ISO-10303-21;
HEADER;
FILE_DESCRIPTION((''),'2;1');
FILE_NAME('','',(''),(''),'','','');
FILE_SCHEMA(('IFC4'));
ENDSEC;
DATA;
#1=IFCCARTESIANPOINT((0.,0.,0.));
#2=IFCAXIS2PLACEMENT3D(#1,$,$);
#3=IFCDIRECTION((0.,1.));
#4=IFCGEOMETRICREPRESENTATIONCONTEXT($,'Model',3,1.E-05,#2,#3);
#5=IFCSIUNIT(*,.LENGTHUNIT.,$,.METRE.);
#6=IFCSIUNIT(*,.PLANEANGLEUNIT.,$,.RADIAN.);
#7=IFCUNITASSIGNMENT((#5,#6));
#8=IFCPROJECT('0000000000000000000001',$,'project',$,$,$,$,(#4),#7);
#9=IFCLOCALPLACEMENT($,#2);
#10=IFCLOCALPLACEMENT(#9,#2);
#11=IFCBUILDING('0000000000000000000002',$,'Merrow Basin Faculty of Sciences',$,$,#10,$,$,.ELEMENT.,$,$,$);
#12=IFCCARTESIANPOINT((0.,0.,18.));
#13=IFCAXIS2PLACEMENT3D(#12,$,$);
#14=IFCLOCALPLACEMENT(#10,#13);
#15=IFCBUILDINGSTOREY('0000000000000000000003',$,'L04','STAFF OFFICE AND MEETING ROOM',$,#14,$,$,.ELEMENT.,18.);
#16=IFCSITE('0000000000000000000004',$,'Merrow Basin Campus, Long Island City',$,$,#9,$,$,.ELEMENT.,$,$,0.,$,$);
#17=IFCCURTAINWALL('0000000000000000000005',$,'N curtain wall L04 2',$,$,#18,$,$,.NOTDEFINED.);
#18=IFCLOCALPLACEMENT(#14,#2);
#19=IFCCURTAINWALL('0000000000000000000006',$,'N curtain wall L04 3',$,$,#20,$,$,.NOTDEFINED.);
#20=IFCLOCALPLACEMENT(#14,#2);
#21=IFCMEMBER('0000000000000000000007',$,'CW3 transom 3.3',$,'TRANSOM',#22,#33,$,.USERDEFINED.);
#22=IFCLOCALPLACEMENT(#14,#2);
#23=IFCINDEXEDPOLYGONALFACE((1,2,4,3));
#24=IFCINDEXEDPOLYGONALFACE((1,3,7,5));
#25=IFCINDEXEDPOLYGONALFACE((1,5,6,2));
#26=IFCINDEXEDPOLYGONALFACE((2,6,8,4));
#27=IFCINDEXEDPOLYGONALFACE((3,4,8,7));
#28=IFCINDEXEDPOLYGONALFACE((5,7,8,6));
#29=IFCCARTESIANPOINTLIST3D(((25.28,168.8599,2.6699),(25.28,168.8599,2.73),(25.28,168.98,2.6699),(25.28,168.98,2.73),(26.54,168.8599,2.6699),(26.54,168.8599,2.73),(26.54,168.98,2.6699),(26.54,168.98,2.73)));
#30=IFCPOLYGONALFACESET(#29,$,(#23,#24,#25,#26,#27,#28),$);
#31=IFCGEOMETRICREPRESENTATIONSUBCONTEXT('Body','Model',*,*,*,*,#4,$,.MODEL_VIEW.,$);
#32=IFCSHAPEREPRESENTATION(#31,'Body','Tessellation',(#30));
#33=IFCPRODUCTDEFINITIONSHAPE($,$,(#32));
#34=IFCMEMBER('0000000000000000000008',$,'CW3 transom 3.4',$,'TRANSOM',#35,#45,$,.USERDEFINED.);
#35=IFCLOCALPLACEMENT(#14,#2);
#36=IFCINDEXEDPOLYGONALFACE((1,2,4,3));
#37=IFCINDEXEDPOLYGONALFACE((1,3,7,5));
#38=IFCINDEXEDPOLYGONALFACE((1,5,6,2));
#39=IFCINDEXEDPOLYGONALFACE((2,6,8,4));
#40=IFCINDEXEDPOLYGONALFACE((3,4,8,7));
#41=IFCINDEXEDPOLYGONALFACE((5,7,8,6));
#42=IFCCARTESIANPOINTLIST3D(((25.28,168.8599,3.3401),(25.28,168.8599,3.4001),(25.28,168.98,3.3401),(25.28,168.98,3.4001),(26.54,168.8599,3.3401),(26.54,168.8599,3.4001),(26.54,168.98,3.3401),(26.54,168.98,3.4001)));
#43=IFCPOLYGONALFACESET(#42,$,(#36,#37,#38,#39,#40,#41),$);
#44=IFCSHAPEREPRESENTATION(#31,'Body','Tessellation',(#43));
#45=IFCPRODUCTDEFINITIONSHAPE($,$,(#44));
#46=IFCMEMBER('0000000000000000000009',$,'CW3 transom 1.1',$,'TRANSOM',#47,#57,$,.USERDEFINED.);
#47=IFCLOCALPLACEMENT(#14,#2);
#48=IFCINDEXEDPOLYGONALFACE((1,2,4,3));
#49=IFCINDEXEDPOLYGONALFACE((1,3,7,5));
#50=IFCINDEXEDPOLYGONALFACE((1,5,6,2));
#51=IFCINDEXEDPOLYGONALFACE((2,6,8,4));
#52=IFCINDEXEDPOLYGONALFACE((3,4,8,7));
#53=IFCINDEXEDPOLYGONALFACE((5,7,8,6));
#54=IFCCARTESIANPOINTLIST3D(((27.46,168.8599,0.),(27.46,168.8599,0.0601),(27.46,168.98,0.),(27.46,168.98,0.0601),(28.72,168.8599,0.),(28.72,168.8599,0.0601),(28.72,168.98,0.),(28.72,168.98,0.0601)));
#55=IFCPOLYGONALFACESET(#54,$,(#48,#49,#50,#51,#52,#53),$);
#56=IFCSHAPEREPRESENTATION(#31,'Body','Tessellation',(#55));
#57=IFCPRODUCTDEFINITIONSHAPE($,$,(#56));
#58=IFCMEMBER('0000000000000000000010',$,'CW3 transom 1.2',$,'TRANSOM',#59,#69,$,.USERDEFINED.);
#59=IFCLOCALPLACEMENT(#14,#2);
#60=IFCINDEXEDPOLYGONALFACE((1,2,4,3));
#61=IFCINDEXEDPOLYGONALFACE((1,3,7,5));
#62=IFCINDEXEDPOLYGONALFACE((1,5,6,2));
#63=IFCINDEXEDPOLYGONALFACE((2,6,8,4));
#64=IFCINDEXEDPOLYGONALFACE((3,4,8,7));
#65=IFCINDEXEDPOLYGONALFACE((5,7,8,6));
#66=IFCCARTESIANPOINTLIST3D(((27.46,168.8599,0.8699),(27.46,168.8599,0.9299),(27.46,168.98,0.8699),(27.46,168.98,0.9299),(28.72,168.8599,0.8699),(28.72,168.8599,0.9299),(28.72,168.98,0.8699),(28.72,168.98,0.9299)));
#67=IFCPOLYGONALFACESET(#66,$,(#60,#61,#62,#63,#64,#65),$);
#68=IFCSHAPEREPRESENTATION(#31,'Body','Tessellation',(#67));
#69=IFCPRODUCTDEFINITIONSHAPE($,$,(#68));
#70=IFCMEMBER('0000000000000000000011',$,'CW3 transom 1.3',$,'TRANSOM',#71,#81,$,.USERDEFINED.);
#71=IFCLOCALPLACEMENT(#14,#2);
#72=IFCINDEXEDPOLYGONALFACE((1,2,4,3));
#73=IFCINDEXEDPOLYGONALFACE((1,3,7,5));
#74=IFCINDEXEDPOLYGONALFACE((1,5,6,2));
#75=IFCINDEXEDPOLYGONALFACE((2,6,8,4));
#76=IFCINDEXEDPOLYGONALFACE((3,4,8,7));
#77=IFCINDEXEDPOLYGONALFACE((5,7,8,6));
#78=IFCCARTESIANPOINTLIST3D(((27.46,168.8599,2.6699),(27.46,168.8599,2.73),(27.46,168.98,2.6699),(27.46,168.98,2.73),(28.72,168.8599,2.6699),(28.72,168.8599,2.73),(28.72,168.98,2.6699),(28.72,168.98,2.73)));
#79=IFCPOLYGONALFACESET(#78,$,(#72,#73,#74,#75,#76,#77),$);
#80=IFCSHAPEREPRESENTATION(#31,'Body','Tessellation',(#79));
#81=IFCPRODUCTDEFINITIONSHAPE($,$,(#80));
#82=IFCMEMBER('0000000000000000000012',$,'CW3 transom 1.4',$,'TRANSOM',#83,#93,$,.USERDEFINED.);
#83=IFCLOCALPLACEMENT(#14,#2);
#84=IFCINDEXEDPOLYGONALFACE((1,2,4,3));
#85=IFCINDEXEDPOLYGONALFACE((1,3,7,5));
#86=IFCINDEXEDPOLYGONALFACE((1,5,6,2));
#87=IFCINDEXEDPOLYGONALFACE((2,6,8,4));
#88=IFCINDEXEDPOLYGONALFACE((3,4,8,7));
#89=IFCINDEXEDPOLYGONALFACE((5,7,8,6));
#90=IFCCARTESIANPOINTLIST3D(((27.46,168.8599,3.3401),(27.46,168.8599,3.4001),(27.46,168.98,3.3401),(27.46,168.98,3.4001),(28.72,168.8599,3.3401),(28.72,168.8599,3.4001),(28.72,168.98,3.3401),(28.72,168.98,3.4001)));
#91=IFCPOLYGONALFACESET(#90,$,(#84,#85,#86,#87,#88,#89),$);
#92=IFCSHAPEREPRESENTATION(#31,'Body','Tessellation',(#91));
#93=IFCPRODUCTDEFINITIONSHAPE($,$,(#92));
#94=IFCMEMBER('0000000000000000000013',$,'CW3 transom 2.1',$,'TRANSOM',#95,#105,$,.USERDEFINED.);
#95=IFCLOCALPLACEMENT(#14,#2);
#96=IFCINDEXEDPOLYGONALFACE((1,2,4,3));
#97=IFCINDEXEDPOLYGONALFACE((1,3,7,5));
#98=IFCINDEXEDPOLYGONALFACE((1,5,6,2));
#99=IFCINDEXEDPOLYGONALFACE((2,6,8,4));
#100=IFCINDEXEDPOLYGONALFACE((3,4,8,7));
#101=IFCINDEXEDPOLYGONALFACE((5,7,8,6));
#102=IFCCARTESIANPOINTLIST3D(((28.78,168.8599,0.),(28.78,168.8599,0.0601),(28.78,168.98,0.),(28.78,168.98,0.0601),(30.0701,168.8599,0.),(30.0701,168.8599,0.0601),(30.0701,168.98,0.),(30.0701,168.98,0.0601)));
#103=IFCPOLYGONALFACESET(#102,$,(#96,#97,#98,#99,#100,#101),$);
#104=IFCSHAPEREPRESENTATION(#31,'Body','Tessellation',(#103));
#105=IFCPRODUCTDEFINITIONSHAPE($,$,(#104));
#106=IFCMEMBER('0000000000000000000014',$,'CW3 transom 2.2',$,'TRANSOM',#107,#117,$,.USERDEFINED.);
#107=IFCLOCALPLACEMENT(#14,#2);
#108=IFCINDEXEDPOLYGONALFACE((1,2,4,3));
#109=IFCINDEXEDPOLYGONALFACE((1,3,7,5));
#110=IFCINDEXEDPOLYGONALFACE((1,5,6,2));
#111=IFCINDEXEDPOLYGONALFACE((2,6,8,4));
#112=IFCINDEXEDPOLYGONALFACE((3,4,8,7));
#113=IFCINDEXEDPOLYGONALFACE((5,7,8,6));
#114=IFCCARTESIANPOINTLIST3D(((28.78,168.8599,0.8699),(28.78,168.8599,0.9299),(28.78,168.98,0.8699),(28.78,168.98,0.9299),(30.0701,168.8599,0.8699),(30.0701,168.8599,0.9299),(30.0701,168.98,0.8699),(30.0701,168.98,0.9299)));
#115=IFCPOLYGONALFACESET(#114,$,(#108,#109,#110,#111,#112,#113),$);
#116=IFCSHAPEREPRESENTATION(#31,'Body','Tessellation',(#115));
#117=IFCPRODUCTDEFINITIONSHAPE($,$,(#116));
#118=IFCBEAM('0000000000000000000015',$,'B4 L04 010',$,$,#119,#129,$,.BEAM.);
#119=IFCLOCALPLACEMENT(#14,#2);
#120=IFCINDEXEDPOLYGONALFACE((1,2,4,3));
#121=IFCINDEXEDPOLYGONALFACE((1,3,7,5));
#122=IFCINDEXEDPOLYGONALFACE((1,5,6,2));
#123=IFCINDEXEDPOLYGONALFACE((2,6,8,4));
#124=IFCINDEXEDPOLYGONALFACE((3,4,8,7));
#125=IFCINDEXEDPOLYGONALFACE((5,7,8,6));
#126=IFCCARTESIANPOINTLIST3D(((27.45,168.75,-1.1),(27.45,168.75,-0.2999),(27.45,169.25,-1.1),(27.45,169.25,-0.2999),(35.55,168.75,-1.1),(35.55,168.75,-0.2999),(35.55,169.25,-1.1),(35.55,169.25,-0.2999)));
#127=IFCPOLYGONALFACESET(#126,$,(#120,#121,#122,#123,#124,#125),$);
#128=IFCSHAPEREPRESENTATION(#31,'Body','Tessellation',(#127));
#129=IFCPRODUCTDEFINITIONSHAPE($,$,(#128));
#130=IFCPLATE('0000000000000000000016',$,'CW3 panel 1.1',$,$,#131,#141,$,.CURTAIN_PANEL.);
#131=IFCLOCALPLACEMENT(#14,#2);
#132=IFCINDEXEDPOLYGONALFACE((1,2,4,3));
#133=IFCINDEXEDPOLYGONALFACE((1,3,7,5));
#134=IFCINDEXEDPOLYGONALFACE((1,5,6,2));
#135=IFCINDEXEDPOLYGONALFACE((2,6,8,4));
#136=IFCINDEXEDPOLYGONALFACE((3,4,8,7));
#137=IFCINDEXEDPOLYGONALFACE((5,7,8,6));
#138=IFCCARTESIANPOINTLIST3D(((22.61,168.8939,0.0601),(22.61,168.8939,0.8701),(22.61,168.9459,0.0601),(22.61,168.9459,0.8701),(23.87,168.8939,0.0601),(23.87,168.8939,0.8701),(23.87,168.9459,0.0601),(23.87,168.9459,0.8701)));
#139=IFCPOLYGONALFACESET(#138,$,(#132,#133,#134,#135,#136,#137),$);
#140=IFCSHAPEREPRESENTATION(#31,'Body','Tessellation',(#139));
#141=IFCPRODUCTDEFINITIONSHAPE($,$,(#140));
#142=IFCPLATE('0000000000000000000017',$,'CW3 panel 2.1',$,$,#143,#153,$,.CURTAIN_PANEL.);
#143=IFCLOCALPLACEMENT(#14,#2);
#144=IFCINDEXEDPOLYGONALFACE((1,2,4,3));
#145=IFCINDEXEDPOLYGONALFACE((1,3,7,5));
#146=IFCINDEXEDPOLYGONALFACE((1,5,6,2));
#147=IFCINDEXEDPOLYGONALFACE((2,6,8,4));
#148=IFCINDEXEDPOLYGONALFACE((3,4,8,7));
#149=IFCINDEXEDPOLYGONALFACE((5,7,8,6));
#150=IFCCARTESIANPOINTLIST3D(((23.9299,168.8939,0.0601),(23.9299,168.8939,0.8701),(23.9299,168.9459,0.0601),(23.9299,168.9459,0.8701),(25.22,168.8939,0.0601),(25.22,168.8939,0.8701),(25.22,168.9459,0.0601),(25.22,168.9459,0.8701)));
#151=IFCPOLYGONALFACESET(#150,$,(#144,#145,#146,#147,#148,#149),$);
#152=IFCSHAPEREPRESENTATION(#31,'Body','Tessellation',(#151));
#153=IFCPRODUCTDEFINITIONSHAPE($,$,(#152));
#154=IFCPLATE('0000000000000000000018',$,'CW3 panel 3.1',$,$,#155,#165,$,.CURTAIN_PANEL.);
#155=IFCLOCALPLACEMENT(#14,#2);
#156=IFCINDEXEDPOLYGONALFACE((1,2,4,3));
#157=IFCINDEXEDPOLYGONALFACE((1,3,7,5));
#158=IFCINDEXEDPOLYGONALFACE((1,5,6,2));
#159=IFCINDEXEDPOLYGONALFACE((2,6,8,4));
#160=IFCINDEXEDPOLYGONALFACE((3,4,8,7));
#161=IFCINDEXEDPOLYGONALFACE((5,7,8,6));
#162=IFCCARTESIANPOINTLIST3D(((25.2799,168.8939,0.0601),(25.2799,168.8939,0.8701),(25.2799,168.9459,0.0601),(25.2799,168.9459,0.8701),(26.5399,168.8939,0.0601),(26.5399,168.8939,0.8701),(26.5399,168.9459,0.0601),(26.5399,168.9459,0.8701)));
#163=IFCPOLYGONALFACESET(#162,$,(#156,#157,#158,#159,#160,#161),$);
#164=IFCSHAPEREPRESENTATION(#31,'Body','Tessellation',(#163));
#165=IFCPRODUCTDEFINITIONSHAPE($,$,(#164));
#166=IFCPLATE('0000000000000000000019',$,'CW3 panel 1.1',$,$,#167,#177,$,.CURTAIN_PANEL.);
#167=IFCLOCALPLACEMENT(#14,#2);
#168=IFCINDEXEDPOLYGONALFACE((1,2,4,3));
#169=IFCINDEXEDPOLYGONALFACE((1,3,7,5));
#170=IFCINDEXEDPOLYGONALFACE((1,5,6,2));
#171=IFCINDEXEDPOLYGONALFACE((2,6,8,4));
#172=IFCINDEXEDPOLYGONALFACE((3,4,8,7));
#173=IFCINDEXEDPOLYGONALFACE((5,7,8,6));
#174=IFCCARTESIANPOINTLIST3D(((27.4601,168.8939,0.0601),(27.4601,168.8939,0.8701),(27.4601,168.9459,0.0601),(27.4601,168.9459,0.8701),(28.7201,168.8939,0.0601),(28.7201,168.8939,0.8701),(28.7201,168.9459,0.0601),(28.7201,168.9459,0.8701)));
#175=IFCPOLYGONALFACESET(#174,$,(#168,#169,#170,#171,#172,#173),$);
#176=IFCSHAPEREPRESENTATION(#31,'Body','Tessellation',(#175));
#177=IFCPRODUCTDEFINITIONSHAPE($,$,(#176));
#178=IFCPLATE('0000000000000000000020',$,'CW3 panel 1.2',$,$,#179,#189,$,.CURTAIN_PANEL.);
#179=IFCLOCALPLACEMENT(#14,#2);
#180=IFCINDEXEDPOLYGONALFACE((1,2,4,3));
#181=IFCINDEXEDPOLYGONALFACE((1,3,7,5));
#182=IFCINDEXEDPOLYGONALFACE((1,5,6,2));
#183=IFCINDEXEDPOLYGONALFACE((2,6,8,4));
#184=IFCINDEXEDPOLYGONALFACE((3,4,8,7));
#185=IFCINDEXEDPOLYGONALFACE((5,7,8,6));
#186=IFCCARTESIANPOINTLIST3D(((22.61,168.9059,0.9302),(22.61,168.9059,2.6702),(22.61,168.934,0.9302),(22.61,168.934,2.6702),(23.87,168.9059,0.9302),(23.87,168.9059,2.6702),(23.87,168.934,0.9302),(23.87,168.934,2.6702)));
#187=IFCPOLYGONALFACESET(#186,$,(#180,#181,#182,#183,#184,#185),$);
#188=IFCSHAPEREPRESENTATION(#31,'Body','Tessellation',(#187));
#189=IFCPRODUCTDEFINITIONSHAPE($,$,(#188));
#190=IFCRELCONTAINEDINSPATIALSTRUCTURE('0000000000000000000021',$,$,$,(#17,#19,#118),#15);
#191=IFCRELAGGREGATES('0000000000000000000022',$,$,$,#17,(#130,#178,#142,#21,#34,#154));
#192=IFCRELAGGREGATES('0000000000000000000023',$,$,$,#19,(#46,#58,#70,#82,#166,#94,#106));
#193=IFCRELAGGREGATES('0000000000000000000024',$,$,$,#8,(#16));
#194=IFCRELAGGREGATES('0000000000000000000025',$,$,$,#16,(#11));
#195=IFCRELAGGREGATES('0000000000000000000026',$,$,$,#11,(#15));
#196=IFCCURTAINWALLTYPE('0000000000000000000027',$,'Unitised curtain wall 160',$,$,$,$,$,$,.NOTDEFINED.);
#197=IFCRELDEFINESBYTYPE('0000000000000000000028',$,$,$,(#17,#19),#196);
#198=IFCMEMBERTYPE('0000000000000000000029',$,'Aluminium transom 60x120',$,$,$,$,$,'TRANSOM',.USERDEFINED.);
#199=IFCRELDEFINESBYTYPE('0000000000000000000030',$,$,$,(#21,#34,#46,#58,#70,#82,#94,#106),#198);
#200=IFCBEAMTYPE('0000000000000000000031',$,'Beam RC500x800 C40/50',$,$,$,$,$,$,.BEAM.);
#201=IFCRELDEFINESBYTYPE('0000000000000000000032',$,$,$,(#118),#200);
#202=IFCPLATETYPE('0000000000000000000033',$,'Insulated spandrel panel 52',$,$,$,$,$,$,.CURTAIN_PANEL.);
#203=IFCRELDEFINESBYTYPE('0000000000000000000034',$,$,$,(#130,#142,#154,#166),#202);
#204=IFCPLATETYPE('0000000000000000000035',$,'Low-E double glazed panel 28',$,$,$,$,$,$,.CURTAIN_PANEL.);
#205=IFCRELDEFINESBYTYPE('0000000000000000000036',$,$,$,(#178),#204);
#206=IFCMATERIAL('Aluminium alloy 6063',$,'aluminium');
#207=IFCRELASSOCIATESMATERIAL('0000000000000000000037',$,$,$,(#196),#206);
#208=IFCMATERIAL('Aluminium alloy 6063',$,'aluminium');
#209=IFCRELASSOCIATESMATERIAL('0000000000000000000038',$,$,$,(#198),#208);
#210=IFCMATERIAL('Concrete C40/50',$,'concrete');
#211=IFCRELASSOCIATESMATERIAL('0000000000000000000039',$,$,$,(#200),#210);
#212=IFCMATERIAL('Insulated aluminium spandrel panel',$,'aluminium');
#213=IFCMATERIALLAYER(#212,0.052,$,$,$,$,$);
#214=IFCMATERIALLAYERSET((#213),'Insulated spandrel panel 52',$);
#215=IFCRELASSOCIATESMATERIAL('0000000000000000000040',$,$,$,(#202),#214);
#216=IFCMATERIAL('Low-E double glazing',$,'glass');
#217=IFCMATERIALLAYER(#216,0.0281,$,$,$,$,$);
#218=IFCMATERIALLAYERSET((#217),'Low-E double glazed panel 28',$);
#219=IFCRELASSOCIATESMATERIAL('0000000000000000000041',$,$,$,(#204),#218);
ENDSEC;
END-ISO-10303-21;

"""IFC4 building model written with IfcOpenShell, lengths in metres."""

from ifc_helpers import new_model, si_unit, direction, frame, origin, origin_2d, place, context, subcontext, project, spatial, rectangle, extrude, material, layer, layer_set, material_profile, profile_set, type_object, element, aggregate, save


model = new_model("IFC4")

# Units and contexts
model_context = context("Model", 3, precision=1e-05, world=origin(), true_north=direction((0.0, 1.0)))
body_context = subcontext(model_context, "Body", "Model", "MODEL_VIEW")
ifc_project = project(units=[si_unit("LENGTHUNIT", "METRE"), si_unit("PLANEANGLEUNIT", "RADIAN")], contexts=[model_context])

# Site, building, storey
site_placement = place(None, origin())
site = spatial("IfcSite", under=ifc_project, at=site_placement, Name="Merrow Basin Campus, Long Island City", CompositionType="ELEMENT", RefElevation=0.0)
building_placement = place(site_placement, origin())
building = spatial("IfcBuilding", under=site, at=building_placement, Name="Merrow Basin Faculty of Sciences", CompositionType="ELEMENT")
storey_placement = place(building_placement, frame((0.0, 0.0, 18.0)))
storey = spatial("IfcBuildingStorey", under=building, at=storey_placement, Name="L04", Description="STAFF OFFICE AND MEETING ROOM", CompositionType="ELEMENT", Elevation=18.0)

# Curtain walls
ifc_material_1 = material(Name="Aluminium alloy 6063", Category="aluminium")
curtain_wall_type = type_object("IfcCurtainWallType", Name="Unitised curtain wall 160", PredefinedType="NOTDEFINED", material=ifc_material_1)
curtain_wall_1_placement = place(storey_placement, origin())
curtain_wall_1 = element("IfcCurtainWall", 1, at=curtain_wall_1_placement, inside=storey, type_object=curtain_wall_type, Name="N curtain wall L04 2", PredefinedType="NOTDEFINED")
curtain_wall_2_placement = place(storey_placement, origin())
curtain_wall_2 = element("IfcCurtainWall", 2, at=curtain_wall_2_placement, inside=storey, type_object=curtain_wall_type, Name="N curtain wall L04 3", PredefinedType="NOTDEFINED")

# Members
ifc_material_2 = material(Name="Aluminium alloy 6063", Category="aluminium")
ifc_material_profile_1 = material_profile(ifc_material_2, rectangle(XDim=0.1201, YDim=0.0601, at=origin_2d()))
ifc_profile_set_1 = profile_set([ifc_material_profile_1], Name="Aluminium alloy 6063")
member_type_1 = type_object("IfcMemberType", Name="Aluminium transom 60x120", ElementType="TRANSOM", PredefinedType="USERDEFINED", material=ifc_profile_set_1)
member_1_placement = place(storey_placement, frame((25.28, 168.9199, 2.7), z_axis=(1.0, 0.0, 0.0), x_axis=(0.0, 1.0, 0.0)))
member_1 = element("IfcMember", 3, at=member_1_placement, type_object=member_type_1, Name="CW3 transom 3.3", ObjectType="TRANSOM", PredefinedType="USERDEFINED", context=body_context, shape_type="SweptSolid", body=[
    extrude(rectangle(XDim=0.1201, YDim=0.0601, at=origin_2d()), origin(), (0.0, 0.0, 1.0), 1.26),
])
member_2_placement = place(storey_placement, frame((25.28, 168.9199, 3.3701), z_axis=(1.0, 0.0, 0.0), x_axis=(0.0, 1.0, 0.0)))
member_2 = element("IfcMember", 4, at=member_2_placement, type_object=member_type_1, Name="CW3 transom 3.4", ObjectType="TRANSOM", PredefinedType="USERDEFINED", context=body_context, shape_type="SweptSolid", body=[
    extrude(rectangle(XDim=0.1201, YDim=0.0601, at=origin_2d()), origin(), (0.0, 0.0, 1.0), 1.26),
])
member_3_placement = place(storey_placement, frame((27.46, 168.9199, 0.03), z_axis=(1.0, 0.0, 0.0), x_axis=(0.0, 1.0, 0.0)))
member_3 = element("IfcMember", 5, at=member_3_placement, type_object=member_type_1, Name="CW3 transom 1.1", ObjectType="TRANSOM", PredefinedType="USERDEFINED", context=body_context, shape_type="SweptSolid", body=[
    extrude(rectangle(XDim=0.1201, YDim=0.0601, at=origin_2d()), origin(), (0.0, 0.0, 1.0), 1.26),
])
member_4_placement = place(storey_placement, frame((27.46, 168.9199, 0.8999), z_axis=(1.0, 0.0, 0.0), x_axis=(0.0, 1.0, 0.0)))
member_4 = element("IfcMember", 6, at=member_4_placement, type_object=member_type_1, Name="CW3 transom 1.2", ObjectType="TRANSOM", PredefinedType="USERDEFINED", context=body_context, shape_type="SweptSolid", body=[
    extrude(rectangle(XDim=0.1201, YDim=0.0601, at=origin_2d()), origin(), (0.0, 0.0, 1.0), 1.26),
])
member_5_placement = place(storey_placement, frame((27.46, 168.9199, 2.7), z_axis=(1.0, 0.0, 0.0), x_axis=(0.0, 1.0, 0.0)))
member_5 = element("IfcMember", 7, at=member_5_placement, type_object=member_type_1, Name="CW3 transom 1.3", ObjectType="TRANSOM", PredefinedType="USERDEFINED", context=body_context, shape_type="SweptSolid", body=[
    extrude(rectangle(XDim=0.1201, YDim=0.0601, at=origin_2d()), origin(), (0.0, 0.0, 1.0), 1.26),
])
member_6_placement = place(storey_placement, frame((27.46, 168.9199, 3.3701), z_axis=(1.0, 0.0, 0.0), x_axis=(0.0, 1.0, 0.0)))
member_6 = element("IfcMember", 8, at=member_6_placement, type_object=member_type_1, Name="CW3 transom 1.4", ObjectType="TRANSOM", PredefinedType="USERDEFINED", context=body_context, shape_type="SweptSolid", body=[
    extrude(rectangle(XDim=0.1201, YDim=0.0601, at=origin_2d()), origin(), (0.0, 0.0, 1.0), 1.26),
])
member_7_placement = place(storey_placement, frame((28.78, 168.9199, 0.03), z_axis=(1.0, 0.0, 0.0), x_axis=(0.0, 1.0, 0.0)))
member_7 = element("IfcMember", 9, at=member_7_placement, type_object=member_type_1, Name="CW3 transom 2.1", ObjectType="TRANSOM", PredefinedType="USERDEFINED", context=body_context, shape_type="SweptSolid", body=[
    extrude(rectangle(XDim=0.1201, YDim=0.0601, at=origin_2d()), origin(), (0.0, 0.0, 1.0), 1.29),
])
member_8_placement = place(storey_placement, frame((28.78, 168.9199, 0.8999), z_axis=(1.0, 0.0, 0.0), x_axis=(0.0, 1.0, 0.0)))
member_8 = element("IfcMember", 10, at=member_8_placement, type_object=member_type_1, Name="CW3 transom 2.2", ObjectType="TRANSOM", PredefinedType="USERDEFINED", context=body_context, shape_type="SweptSolid", body=[
    extrude(rectangle(XDim=0.1201, YDim=0.0601, at=origin_2d()), origin(), (0.0, 0.0, 1.0), 1.29),
])

# Beam
ifc_material_3 = material(Name="Concrete C40/50", Category="concrete")
ifc_material_profile_2 = material_profile(ifc_material_3, rectangle(XDim=0.5, YDim=0.8, at=origin_2d()))
ifc_profile_set_2 = profile_set([ifc_material_profile_2], Name="Concrete C40/50")
beam_type = type_object("IfcBeamType", Name="Beam RC500x800 C40/50", PredefinedType="BEAM", material=ifc_profile_set_2)
beam_placement = place(storey_placement, frame((27.45, 169.0, -0.7), z_axis=(1.0, 0.0, 0.0), x_axis=(0.0, 1.0, 0.0)))
element("IfcBeam", 11, at=beam_placement, inside=storey, type_object=beam_type, Name="B4 L04 010", PredefinedType="BEAM", context=body_context, shape_type="SweptSolid", body=[
    extrude(rectangle(XDim=0.5, YDim=0.8, at=origin_2d()), origin(), (0.0, 0.0, 1.0), 8.1001),
])

# Plates
ifc_material_4 = material(Name="Insulated aluminium spandrel panel", Category="aluminium")
ifc_layer_1 = layer(ifc_material_4, 0.052)
ifc_layer_set_1 = layer_set([ifc_layer_1], Name="Insulated spandrel panel 52")
plate_type_1 = type_object("IfcPlateType", Name="Insulated spandrel panel 52", PredefinedType="CURTAIN_PANEL", material=ifc_layer_set_1)
plate_1_placement = place(storey_placement, frame((23.24, 168.9199, 0.0601), z_axis=(0.0, 0.0, 1.0), x_axis=(1.0, 0.0, 0.0)))
plate_1 = element("IfcPlate", 12, at=plate_1_placement, type_object=plate_type_1, Name="CW3 panel 1.1", PredefinedType="CURTAIN_PANEL", context=body_context, shape_type="SweptSolid", body=[
    extrude(rectangle(XDim=1.26, YDim=0.052, at=origin_2d()), origin(), (0.0, 0.0, 1.0), 0.8101),
])
plate_2_placement = place(storey_placement, frame((24.575, 168.9199, 0.0601), z_axis=(0.0, 0.0, 1.0), x_axis=(1.0, 0.0, 0.0)))
plate_2 = element("IfcPlate", 13, at=plate_2_placement, type_object=plate_type_1, Name="CW3 panel 2.1", PredefinedType="CURTAIN_PANEL", context=body_context, shape_type="SweptSolid", body=[
    extrude(rectangle(XDim=1.29, YDim=0.052, at=origin_2d()), origin(), (0.0, 0.0, 1.0), 0.8101),
])
plate_3_placement = place(storey_placement, frame((25.9099, 168.9199, 0.0601), z_axis=(0.0, 0.0, 1.0), x_axis=(1.0, 0.0, 0.0)))
plate_3 = element("IfcPlate", 14, at=plate_3_placement, type_object=plate_type_1, Name="CW3 panel 3.1", PredefinedType="CURTAIN_PANEL", context=body_context, shape_type="SweptSolid", body=[
    extrude(rectangle(XDim=1.26, YDim=0.052, at=origin_2d()), origin(), (0.0, 0.0, 1.0), 0.8101),
])
plate_4_placement = place(storey_placement, frame((28.0901, 168.9199, 0.0601), z_axis=(0.0, 0.0, 1.0), x_axis=(1.0, 0.0, 0.0)))
plate_4 = element("IfcPlate", 15, at=plate_4_placement, type_object=plate_type_1, Name="CW3 panel 1.1", PredefinedType="CURTAIN_PANEL", context=body_context, shape_type="SweptSolid", body=[
    extrude(rectangle(XDim=1.26, YDim=0.052, at=origin_2d()), origin(), (0.0, 0.0, 1.0), 0.8101),
])
ifc_material_5 = material(Name="Low-E double glazing", Category="glass")
ifc_layer_2 = layer(ifc_material_5, 0.0281)
ifc_layer_set_2 = layer_set([ifc_layer_2], Name="Low-E double glazed panel 28")
plate_type_2 = type_object("IfcPlateType", Name="Low-E double glazed panel 28", PredefinedType="CURTAIN_PANEL", material=ifc_layer_set_2)
plate_5_placement = place(storey_placement, frame((23.24, 168.9199, 0.9302), z_axis=(0.0, 0.0, 1.0), x_axis=(1.0, 0.0, 0.0)))
plate_5 = element("IfcPlate", 16, at=plate_5_placement, type_object=plate_type_2, Name="CW3 panel 1.2", PredefinedType="CURTAIN_PANEL", context=body_context, shape_type="SweptSolid", body=[
    extrude(rectangle(XDim=1.26, YDim=0.0281, at=origin_2d()), origin(), (0.0, 0.0, 1.0), 1.74),
])
aggregate(curtain_wall_1, [plate_1, plate_5, plate_2, member_1, member_2, plate_3])
aggregate(curtain_wall_2, [member_3, member_4, member_5, member_6, plate_4, member_7, member_8])

save(model, "model.ifc")
